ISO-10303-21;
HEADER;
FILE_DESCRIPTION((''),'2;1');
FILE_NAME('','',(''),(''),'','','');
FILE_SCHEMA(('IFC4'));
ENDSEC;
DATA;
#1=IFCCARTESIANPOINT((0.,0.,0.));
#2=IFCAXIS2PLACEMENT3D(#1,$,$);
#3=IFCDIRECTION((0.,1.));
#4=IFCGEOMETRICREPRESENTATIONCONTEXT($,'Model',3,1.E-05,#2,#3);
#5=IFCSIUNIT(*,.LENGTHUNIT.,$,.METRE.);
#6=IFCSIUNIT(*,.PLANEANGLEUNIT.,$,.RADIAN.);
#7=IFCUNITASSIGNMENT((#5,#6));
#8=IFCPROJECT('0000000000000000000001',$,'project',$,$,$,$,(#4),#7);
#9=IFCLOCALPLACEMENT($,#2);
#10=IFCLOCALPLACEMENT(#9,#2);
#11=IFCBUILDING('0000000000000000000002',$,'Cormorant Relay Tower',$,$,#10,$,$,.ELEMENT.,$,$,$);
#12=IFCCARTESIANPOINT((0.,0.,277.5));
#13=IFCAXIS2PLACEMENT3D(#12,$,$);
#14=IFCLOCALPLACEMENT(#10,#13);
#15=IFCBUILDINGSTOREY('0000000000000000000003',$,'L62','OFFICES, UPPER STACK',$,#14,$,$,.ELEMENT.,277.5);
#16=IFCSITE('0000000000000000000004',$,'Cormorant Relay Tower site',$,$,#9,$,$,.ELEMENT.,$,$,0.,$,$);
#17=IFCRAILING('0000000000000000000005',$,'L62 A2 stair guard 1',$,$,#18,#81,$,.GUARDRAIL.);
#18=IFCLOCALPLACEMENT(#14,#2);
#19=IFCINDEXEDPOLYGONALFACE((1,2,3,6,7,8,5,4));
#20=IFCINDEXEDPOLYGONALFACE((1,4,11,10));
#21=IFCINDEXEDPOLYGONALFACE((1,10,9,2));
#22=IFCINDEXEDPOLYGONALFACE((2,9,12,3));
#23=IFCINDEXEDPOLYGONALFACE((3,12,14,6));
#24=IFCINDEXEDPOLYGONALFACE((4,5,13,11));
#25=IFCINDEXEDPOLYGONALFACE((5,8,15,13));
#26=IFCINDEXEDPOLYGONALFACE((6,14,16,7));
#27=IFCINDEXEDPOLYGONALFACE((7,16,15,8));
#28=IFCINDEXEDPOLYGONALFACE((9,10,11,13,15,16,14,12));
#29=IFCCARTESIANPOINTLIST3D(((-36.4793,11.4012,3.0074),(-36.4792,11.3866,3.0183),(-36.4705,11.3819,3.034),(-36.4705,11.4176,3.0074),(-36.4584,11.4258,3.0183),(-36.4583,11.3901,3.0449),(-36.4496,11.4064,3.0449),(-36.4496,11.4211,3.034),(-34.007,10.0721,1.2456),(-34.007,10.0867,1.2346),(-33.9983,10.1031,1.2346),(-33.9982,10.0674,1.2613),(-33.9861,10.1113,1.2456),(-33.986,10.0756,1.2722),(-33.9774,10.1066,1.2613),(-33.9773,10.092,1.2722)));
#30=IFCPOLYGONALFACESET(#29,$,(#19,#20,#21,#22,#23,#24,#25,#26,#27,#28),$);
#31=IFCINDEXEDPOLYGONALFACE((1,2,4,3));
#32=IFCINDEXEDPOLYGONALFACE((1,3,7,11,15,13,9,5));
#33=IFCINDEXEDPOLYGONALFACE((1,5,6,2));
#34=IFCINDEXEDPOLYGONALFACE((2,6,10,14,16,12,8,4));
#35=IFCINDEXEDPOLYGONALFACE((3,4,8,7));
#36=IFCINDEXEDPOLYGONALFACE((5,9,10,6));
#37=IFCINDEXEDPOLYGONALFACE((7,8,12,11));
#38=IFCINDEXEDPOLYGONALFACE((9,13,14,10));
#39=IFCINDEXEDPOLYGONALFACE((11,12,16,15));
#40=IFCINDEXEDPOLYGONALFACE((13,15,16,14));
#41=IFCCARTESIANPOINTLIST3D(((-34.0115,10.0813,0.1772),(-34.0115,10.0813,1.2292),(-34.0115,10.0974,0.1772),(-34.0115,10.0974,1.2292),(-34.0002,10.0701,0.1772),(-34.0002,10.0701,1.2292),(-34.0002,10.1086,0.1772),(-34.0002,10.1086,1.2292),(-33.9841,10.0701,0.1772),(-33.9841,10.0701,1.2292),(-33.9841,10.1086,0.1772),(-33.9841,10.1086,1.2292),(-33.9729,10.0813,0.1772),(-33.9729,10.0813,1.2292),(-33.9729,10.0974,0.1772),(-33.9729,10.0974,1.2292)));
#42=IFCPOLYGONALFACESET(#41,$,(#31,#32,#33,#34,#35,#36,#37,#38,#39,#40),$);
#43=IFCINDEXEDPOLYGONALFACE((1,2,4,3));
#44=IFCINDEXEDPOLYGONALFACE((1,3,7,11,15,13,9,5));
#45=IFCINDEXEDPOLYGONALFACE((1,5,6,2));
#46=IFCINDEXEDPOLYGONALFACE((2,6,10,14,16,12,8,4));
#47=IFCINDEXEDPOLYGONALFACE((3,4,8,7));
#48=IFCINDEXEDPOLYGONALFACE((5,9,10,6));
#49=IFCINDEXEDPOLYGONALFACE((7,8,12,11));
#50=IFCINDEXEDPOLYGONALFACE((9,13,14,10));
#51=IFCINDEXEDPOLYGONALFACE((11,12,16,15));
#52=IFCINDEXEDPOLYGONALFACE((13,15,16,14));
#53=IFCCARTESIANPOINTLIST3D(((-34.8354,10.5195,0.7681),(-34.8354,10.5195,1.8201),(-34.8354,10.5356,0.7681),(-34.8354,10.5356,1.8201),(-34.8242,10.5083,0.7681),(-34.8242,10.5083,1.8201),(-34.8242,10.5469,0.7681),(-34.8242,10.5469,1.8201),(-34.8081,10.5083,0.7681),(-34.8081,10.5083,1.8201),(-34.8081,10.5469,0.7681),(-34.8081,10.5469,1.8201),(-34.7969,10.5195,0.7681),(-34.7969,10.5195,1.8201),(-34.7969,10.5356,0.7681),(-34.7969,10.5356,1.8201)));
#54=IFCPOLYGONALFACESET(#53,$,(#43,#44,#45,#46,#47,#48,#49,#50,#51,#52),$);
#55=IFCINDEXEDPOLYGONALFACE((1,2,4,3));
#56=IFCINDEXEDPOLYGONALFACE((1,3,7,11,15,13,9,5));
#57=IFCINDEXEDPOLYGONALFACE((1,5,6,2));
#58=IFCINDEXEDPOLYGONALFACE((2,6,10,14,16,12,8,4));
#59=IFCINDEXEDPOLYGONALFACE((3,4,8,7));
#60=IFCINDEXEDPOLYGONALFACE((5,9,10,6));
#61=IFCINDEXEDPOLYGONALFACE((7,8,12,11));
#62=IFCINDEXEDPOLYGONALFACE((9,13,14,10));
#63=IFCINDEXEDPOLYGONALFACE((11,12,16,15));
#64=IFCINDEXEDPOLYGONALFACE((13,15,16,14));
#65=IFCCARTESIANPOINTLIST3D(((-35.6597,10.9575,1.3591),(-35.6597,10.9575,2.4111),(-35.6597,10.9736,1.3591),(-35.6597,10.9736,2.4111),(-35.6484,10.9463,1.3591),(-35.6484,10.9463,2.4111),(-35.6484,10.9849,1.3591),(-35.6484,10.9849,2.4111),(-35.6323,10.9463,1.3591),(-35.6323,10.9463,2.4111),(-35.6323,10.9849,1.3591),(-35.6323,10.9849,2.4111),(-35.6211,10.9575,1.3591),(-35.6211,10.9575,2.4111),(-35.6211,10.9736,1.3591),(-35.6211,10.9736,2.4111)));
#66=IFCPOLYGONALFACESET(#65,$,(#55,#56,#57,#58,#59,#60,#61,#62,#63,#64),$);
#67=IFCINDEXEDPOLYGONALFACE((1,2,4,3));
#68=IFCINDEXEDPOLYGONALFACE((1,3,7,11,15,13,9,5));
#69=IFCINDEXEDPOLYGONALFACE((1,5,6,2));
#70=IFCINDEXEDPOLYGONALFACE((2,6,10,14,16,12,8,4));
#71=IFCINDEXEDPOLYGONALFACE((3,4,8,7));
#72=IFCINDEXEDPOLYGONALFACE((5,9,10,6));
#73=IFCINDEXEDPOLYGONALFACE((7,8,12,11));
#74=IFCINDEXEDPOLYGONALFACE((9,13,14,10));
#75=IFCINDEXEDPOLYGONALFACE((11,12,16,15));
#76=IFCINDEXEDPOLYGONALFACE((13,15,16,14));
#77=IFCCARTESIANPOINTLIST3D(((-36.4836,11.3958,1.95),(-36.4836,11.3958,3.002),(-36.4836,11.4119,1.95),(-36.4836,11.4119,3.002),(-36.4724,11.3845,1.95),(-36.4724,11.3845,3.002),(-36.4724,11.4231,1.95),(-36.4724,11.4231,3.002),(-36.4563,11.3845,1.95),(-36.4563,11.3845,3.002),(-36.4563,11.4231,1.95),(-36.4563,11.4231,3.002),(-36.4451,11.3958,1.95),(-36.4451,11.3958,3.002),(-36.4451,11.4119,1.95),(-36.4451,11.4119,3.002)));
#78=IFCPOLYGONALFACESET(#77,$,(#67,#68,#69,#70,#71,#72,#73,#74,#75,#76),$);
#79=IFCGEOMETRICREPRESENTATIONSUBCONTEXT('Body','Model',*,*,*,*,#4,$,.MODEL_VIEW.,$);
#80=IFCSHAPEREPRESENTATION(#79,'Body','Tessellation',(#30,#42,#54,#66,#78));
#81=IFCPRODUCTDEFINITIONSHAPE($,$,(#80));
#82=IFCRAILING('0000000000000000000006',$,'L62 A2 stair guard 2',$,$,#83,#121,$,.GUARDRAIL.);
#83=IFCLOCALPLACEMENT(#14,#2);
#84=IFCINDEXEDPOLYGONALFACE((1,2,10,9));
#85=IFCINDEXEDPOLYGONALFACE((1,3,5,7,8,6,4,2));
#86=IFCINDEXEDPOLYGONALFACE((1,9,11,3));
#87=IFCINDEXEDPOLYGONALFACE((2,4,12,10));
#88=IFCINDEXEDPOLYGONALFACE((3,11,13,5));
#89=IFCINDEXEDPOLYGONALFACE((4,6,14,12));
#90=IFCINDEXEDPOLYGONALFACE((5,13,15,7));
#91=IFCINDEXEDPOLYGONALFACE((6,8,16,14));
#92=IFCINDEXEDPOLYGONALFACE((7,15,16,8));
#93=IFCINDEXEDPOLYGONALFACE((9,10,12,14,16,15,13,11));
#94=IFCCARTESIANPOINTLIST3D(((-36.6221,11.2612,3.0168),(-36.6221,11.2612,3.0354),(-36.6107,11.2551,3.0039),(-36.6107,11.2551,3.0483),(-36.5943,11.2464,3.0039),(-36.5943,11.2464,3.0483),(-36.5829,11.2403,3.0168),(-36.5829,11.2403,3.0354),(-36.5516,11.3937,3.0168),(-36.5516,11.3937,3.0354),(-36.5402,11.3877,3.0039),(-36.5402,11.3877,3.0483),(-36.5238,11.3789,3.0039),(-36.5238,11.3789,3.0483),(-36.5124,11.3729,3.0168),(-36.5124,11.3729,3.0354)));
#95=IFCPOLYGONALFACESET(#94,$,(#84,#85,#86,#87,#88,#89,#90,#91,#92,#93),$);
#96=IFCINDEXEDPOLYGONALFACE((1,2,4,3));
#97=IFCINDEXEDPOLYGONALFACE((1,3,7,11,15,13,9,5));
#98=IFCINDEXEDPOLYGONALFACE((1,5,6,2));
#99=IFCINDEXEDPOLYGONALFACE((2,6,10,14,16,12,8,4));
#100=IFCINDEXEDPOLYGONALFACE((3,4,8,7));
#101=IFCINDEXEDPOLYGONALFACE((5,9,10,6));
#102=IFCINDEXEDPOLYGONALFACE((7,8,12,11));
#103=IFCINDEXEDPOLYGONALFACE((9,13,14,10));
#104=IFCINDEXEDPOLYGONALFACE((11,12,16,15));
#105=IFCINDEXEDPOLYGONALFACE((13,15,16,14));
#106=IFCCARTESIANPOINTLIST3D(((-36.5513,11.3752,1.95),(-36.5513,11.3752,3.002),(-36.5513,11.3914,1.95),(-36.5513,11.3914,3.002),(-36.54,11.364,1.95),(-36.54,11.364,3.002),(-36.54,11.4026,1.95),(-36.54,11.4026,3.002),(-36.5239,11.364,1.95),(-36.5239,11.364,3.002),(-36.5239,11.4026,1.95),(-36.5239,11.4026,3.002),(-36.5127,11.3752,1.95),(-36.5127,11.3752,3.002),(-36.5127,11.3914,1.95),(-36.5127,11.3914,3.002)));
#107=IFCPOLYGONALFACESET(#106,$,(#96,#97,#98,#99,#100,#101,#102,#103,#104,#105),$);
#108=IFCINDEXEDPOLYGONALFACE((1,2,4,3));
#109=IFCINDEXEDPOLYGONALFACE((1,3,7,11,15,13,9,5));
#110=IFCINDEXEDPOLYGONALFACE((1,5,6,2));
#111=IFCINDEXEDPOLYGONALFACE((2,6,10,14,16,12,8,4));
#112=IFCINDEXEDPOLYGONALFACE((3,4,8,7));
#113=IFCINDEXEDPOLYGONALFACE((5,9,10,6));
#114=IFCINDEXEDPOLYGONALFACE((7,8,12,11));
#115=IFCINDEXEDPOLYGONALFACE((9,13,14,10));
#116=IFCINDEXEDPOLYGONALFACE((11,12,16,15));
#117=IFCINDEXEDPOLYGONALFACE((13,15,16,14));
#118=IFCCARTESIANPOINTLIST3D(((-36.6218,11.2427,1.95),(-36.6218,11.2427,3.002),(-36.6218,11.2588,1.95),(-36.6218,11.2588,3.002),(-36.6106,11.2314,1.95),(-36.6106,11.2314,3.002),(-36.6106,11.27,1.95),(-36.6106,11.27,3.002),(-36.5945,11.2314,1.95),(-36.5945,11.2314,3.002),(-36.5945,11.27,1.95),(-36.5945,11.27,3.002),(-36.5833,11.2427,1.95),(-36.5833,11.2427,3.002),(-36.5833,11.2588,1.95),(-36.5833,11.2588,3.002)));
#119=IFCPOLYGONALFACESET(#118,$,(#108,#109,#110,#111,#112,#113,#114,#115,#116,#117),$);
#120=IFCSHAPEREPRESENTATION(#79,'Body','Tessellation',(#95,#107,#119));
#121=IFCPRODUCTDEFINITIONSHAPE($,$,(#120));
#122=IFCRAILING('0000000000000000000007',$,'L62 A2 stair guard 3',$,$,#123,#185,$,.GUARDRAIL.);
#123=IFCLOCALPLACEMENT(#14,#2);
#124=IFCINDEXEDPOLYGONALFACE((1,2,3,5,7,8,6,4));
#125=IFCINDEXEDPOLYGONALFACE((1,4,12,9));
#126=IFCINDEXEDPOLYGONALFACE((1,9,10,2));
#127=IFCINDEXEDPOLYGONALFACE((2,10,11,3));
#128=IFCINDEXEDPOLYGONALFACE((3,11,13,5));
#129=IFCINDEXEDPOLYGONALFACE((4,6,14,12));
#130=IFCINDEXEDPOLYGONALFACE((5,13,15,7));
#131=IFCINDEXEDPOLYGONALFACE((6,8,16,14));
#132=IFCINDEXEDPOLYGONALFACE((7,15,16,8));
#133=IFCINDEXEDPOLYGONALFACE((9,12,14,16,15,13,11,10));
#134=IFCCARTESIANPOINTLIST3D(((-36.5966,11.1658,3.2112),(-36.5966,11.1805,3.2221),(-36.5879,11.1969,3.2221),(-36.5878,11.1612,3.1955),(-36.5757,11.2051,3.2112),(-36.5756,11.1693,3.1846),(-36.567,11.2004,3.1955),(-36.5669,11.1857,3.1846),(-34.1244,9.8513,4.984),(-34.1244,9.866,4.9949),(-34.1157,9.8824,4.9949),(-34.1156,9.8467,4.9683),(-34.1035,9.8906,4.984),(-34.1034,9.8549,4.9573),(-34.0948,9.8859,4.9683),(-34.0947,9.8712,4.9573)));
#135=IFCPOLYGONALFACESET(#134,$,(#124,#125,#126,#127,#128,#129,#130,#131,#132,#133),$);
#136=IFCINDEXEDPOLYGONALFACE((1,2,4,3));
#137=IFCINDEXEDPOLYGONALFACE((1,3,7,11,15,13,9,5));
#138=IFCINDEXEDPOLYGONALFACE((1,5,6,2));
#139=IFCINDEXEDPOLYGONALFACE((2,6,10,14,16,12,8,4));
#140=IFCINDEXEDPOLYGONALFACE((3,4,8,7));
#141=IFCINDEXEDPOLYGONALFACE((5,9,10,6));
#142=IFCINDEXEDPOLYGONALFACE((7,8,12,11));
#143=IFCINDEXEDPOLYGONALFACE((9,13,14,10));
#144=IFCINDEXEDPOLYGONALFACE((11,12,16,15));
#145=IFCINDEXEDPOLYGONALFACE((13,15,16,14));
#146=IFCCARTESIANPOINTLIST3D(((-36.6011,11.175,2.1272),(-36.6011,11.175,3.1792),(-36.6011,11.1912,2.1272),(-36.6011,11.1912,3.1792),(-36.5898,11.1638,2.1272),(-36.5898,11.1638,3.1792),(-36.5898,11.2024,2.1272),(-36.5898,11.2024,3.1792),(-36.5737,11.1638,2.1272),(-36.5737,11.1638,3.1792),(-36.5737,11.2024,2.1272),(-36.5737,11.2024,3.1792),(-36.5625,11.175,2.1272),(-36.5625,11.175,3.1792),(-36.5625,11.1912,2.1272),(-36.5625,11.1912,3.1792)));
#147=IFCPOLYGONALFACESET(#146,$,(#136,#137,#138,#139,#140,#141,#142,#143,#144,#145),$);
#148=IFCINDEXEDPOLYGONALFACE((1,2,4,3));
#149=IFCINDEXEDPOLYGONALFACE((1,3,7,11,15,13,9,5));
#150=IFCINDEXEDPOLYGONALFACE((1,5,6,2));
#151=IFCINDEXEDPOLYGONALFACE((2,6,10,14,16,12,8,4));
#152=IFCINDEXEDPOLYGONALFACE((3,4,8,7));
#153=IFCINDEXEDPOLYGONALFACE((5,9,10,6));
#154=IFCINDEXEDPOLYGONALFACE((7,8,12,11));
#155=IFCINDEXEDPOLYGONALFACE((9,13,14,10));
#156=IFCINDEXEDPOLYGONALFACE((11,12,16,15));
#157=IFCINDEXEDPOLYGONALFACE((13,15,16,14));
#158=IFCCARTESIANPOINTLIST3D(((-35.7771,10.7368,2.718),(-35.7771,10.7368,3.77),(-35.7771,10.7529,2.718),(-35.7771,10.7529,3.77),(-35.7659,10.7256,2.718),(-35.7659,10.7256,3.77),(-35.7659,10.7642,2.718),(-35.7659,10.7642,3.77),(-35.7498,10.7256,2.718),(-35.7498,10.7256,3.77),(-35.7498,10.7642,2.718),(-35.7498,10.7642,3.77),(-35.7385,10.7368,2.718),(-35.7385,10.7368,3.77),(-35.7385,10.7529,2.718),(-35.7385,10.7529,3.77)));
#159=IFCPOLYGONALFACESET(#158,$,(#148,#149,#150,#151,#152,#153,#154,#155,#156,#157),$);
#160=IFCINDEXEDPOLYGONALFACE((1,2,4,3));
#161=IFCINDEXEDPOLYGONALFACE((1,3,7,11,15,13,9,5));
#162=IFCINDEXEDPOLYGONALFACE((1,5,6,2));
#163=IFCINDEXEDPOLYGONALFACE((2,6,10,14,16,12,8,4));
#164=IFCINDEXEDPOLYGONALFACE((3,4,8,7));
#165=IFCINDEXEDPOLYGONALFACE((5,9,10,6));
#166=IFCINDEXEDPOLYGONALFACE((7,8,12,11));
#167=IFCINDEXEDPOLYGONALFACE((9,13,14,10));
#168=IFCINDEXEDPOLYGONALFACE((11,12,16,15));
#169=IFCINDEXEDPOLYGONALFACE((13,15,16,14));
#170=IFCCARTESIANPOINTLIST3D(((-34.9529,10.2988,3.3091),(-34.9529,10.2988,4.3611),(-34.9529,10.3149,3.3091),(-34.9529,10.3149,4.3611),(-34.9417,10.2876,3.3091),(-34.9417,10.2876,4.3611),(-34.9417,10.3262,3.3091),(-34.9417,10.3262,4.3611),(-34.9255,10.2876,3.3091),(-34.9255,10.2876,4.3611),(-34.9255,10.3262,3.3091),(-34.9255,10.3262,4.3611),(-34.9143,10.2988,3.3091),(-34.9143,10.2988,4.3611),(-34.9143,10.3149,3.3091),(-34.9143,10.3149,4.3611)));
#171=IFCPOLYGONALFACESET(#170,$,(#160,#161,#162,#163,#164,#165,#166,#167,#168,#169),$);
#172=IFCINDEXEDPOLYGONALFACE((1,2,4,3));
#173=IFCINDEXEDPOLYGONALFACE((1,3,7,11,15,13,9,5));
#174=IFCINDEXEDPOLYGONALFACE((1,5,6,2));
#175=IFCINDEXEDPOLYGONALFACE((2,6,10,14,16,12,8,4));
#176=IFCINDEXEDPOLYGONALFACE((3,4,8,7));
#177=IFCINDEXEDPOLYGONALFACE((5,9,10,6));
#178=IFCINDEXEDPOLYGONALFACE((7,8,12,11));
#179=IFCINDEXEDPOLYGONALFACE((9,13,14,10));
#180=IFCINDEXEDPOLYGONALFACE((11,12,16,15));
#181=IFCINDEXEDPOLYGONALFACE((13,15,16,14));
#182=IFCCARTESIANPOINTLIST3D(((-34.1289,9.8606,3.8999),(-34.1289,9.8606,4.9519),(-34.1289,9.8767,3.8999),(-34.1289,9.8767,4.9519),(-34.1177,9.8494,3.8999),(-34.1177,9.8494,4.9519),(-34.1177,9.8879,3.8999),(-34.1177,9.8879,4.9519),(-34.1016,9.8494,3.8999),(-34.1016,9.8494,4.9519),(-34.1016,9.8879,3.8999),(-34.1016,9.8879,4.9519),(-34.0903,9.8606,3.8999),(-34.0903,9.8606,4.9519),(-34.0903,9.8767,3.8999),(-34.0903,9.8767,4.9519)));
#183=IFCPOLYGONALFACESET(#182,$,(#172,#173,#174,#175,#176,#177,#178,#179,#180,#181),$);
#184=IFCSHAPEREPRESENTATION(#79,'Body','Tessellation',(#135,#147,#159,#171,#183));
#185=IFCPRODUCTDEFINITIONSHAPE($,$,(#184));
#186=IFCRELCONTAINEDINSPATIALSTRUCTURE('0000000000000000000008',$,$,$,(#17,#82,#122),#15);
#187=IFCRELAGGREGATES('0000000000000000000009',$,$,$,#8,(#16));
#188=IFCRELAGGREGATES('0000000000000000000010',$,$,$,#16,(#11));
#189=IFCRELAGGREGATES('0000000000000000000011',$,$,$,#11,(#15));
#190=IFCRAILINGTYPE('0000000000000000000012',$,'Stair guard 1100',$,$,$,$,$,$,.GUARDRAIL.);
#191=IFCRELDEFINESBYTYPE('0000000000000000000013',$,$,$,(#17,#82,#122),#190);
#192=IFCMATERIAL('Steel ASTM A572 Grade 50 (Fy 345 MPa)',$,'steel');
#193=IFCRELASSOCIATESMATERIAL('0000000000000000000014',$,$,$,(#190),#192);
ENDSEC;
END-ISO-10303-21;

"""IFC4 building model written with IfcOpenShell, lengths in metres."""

from ifc_helpers import new_model, si_unit, direction, frame, origin, place, context, subcontext, project, spatial, polyline, outline, extrude, material, type_object, element, save


model = new_model("IFC4")

# Units and contexts
model_context = context("Model", 3, precision=1e-05, world=origin(), true_north=direction((0.0, 1.0)))
body_context = subcontext(model_context, "Body", "Model", "MODEL_VIEW")
ifc_project = project(units=[si_unit("LENGTHUNIT", "METRE"), si_unit("PLANEANGLEUNIT", "RADIAN")], contexts=[model_context])

# Site, building, storey
site_placement = place(None, origin())
site = spatial("IfcSite", under=ifc_project, at=site_placement, Name="Cormorant Relay Tower site", CompositionType="ELEMENT", RefElevation=0.0)
building_placement = place(site_placement, origin())
building = spatial("IfcBuilding", under=site, at=building_placement, Name="Cormorant Relay Tower", CompositionType="ELEMENT")
storey_placement = place(building_placement, frame((0.0, 0.0, 277.5)))
storey = spatial("IfcBuildingStorey", under=building, at=storey_placement, Name="L62", Description="OFFICES, UPPER STACK", CompositionType="ELEMENT", Elevation=277.5)

# Railings
ifc_material_1 = material(Name="Steel ASTM A572 Grade 50 (Fy 345 MPa)", Category="steel")
railing_type_1 = type_object("IfcRailingType", Name="Stair guard 1100", PredefinedType="GUARDRAIL", material=ifc_material_1)
railing_1_placement = place(storey_placement, frame((-33.9922, 10.0894, 0.1772)))
element("IfcRailing", 1, at=railing_1_placement, inside=storey, type_object=railing_type_1, Name="L62 A2 stair guard 1", PredefinedType="GUARDRAIL", context=body_context, shape_type="SweptSolid", body=[
    extrude(outline(polyline([(0.0222, 0.0093), (0.0093, 0.0222), (-0.0093, 0.0222), (-0.0222, 0.0093), (-0.0222, -0.0093), (-0.0093, -0.0222), (0.0093, -0.0222), (0.0222, -0.0093), (0.0222, 0.0093)])), frame((0.0, 0.0, 1.0762), z_axis=(-0.746001, 0.396649, 0.534931), x_axis=(-0.469465, -0.882951, 0.0)), (0.0, 0.0, 1.0), 3.314),
    extrude(outline(polyline([(0.0193, 0.0081), (0.0081, 0.0193), (-0.0081, 0.0193), (-0.0193, 0.0081), (-0.0193, -0.0081), (-0.0081, -0.0193), (0.0081, -0.0193), (0.0193, -0.0081), (0.0193, 0.0081)])), origin(), (0.0, 0.0, 1.0), 1.052),
    extrude(outline(polyline([(0.0193, 0.0081), (0.0081, 0.0193), (-0.0081, 0.0193), (-0.0193, 0.0081), (-0.0193, -0.0081), (-0.0081, -0.0193), (0.0081, -0.0193), (0.0193, -0.0081), (0.0193, 0.0081)])), frame((-0.824, 0.4382, 0.5908)), (0.0, 0.0, 1.0), 1.052),
    extrude(outline(polyline([(0.0193, 0.0081), (0.0081, 0.0193), (-0.0081, 0.0193), (-0.0193, 0.0081), (-0.0193, -0.0081), (-0.0081, -0.0193), (0.0081, -0.0193), (0.0193, -0.0081), (0.0193, 0.0081)])), frame((-1.6482, 0.8762, 1.1819)), (0.0, 0.0, 1.0), 1.052),
    extrude(outline(polyline([(0.0193, 0.0081), (0.0081, 0.0193), (-0.0081, 0.0193), (-0.0193, 0.0081), (-0.0193, -0.0081), (-0.0081, -0.0193), (0.0081, -0.0193), (0.0193, -0.0081), (0.0193, 0.0081)])), frame((-2.4722, 1.3145, 1.7727)), (0.0, 0.0, 1.0), 1.052),
])
railing_2_placement = place(storey_placement, frame((-36.532, 11.3833, 1.95)))
element("IfcRailing", 2, at=railing_2_placement, inside=storey, type_object=railing_type_1, Name="L62 A2 stair guard 2", PredefinedType="GUARDRAIL", context=body_context, shape_type="SweptSolid", body=[
    extrude(outline(polyline([(0.0222, 0.0093), (0.0093, 0.0222), (-0.0093, 0.0222), (-0.0222, 0.0093), (-0.0222, -0.0093), (-0.0093, -0.0222), (0.0093, -0.0222), (0.0222, -0.0093), (0.0222, 0.0093)])), frame((0.0, 0.0, 1.0762), z_axis=(-0.469829, -0.882758, 0.0), x_axis=(0.882758, -0.469829, 0.0)), (0.0, 0.0, 1.0), 0.1501),
    extrude(outline(polyline([(0.0193, 0.0081), (0.0081, 0.0193), (-0.0081, 0.0193), (-0.0193, 0.0081), (-0.0193, -0.0081), (-0.0081, -0.0193), (0.0081, -0.0193), (0.0193, -0.0081), (0.0193, 0.0081)])), origin(), (0.0, 0.0, 1.0), 1.052),
    extrude(outline(polyline([(0.0193, 0.0081), (0.0081, 0.0193), (-0.0081, 0.0193), (-0.0193, 0.0081), (-0.0193, -0.0081), (-0.0081, -0.0193), (0.0081, -0.0193), (0.0193, -0.0081), (0.0193, 0.0081)])), frame((-0.0706, -0.1326, 0.0)), (0.0, 0.0, 1.0), 1.052),
])
railing_3_placement = place(storey_placement, frame((-36.5818, 11.1831, 2.1272)))
element("IfcRailing", 3, at=railing_3_placement, inside=storey, type_object=railing_type_1, Name="L62 A2 stair guard 3", PredefinedType="GUARDRAIL", context=body_context, shape_type="SweptSolid", body=[
    extrude(outline(polyline([(0.0222, 0.0093), (0.0093, 0.0222), (-0.0093, 0.0222), (-0.0222, 0.0093), (-0.0222, -0.0093), (-0.0093, -0.0222), (0.0093, -0.0222), (0.0222, -0.0093), (0.0222, 0.0093)])), frame((0.0, 0.0, 1.0762), z_axis=(0.746001, -0.396649, 0.534931), x_axis=(0.469465, 0.882951, 0.0)), (0.0, 0.0, 1.0), 3.314),
    extrude(outline(polyline([(0.0193, 0.0081), (0.0081, 0.0193), (-0.0081, 0.0193), (-0.0193, 0.0081), (-0.0193, -0.0081), (-0.0081, -0.0193), (0.0081, -0.0193), (0.0193, -0.0081), (0.0193, 0.0081)])), origin(), (0.0, 0.0, 1.0), 1.052),
    extrude(outline(polyline([(0.0193, 0.0081), (0.0081, 0.0193), (-0.0081, 0.0193), (-0.0193, 0.0081), (-0.0193, -0.0081), (-0.0081, -0.0193), (0.0081, -0.0193), (0.0193, -0.0081), (0.0193, 0.0081)])), frame((0.824, -0.4382, 0.5908)), (0.0, 0.0, 1.0), 1.052),
    extrude(outline(polyline([(0.0193, 0.0081), (0.0081, 0.0193), (-0.0081, 0.0193), (-0.0193, 0.0081), (-0.0193, -0.0081), (-0.0081, -0.0193), (0.0081, -0.0193), (0.0193, -0.0081), (0.0193, 0.0081)])), frame((1.6482, -0.8762, 1.1819)), (0.0, 0.0, 1.0), 1.052),
    extrude(outline(polyline([(0.0193, 0.0081), (0.0081, 0.0193), (-0.0081, 0.0193), (-0.0193, 0.0081), (-0.0193, -0.0081), (-0.0081, -0.0193), (0.0081, -0.0193), (0.0193, -0.0081), (0.0193, 0.0081)])), frame((2.4722, -1.3145, 1.7727)), (0.0, 0.0, 1.0), 1.052),
])

save(model, "model.ifc")
